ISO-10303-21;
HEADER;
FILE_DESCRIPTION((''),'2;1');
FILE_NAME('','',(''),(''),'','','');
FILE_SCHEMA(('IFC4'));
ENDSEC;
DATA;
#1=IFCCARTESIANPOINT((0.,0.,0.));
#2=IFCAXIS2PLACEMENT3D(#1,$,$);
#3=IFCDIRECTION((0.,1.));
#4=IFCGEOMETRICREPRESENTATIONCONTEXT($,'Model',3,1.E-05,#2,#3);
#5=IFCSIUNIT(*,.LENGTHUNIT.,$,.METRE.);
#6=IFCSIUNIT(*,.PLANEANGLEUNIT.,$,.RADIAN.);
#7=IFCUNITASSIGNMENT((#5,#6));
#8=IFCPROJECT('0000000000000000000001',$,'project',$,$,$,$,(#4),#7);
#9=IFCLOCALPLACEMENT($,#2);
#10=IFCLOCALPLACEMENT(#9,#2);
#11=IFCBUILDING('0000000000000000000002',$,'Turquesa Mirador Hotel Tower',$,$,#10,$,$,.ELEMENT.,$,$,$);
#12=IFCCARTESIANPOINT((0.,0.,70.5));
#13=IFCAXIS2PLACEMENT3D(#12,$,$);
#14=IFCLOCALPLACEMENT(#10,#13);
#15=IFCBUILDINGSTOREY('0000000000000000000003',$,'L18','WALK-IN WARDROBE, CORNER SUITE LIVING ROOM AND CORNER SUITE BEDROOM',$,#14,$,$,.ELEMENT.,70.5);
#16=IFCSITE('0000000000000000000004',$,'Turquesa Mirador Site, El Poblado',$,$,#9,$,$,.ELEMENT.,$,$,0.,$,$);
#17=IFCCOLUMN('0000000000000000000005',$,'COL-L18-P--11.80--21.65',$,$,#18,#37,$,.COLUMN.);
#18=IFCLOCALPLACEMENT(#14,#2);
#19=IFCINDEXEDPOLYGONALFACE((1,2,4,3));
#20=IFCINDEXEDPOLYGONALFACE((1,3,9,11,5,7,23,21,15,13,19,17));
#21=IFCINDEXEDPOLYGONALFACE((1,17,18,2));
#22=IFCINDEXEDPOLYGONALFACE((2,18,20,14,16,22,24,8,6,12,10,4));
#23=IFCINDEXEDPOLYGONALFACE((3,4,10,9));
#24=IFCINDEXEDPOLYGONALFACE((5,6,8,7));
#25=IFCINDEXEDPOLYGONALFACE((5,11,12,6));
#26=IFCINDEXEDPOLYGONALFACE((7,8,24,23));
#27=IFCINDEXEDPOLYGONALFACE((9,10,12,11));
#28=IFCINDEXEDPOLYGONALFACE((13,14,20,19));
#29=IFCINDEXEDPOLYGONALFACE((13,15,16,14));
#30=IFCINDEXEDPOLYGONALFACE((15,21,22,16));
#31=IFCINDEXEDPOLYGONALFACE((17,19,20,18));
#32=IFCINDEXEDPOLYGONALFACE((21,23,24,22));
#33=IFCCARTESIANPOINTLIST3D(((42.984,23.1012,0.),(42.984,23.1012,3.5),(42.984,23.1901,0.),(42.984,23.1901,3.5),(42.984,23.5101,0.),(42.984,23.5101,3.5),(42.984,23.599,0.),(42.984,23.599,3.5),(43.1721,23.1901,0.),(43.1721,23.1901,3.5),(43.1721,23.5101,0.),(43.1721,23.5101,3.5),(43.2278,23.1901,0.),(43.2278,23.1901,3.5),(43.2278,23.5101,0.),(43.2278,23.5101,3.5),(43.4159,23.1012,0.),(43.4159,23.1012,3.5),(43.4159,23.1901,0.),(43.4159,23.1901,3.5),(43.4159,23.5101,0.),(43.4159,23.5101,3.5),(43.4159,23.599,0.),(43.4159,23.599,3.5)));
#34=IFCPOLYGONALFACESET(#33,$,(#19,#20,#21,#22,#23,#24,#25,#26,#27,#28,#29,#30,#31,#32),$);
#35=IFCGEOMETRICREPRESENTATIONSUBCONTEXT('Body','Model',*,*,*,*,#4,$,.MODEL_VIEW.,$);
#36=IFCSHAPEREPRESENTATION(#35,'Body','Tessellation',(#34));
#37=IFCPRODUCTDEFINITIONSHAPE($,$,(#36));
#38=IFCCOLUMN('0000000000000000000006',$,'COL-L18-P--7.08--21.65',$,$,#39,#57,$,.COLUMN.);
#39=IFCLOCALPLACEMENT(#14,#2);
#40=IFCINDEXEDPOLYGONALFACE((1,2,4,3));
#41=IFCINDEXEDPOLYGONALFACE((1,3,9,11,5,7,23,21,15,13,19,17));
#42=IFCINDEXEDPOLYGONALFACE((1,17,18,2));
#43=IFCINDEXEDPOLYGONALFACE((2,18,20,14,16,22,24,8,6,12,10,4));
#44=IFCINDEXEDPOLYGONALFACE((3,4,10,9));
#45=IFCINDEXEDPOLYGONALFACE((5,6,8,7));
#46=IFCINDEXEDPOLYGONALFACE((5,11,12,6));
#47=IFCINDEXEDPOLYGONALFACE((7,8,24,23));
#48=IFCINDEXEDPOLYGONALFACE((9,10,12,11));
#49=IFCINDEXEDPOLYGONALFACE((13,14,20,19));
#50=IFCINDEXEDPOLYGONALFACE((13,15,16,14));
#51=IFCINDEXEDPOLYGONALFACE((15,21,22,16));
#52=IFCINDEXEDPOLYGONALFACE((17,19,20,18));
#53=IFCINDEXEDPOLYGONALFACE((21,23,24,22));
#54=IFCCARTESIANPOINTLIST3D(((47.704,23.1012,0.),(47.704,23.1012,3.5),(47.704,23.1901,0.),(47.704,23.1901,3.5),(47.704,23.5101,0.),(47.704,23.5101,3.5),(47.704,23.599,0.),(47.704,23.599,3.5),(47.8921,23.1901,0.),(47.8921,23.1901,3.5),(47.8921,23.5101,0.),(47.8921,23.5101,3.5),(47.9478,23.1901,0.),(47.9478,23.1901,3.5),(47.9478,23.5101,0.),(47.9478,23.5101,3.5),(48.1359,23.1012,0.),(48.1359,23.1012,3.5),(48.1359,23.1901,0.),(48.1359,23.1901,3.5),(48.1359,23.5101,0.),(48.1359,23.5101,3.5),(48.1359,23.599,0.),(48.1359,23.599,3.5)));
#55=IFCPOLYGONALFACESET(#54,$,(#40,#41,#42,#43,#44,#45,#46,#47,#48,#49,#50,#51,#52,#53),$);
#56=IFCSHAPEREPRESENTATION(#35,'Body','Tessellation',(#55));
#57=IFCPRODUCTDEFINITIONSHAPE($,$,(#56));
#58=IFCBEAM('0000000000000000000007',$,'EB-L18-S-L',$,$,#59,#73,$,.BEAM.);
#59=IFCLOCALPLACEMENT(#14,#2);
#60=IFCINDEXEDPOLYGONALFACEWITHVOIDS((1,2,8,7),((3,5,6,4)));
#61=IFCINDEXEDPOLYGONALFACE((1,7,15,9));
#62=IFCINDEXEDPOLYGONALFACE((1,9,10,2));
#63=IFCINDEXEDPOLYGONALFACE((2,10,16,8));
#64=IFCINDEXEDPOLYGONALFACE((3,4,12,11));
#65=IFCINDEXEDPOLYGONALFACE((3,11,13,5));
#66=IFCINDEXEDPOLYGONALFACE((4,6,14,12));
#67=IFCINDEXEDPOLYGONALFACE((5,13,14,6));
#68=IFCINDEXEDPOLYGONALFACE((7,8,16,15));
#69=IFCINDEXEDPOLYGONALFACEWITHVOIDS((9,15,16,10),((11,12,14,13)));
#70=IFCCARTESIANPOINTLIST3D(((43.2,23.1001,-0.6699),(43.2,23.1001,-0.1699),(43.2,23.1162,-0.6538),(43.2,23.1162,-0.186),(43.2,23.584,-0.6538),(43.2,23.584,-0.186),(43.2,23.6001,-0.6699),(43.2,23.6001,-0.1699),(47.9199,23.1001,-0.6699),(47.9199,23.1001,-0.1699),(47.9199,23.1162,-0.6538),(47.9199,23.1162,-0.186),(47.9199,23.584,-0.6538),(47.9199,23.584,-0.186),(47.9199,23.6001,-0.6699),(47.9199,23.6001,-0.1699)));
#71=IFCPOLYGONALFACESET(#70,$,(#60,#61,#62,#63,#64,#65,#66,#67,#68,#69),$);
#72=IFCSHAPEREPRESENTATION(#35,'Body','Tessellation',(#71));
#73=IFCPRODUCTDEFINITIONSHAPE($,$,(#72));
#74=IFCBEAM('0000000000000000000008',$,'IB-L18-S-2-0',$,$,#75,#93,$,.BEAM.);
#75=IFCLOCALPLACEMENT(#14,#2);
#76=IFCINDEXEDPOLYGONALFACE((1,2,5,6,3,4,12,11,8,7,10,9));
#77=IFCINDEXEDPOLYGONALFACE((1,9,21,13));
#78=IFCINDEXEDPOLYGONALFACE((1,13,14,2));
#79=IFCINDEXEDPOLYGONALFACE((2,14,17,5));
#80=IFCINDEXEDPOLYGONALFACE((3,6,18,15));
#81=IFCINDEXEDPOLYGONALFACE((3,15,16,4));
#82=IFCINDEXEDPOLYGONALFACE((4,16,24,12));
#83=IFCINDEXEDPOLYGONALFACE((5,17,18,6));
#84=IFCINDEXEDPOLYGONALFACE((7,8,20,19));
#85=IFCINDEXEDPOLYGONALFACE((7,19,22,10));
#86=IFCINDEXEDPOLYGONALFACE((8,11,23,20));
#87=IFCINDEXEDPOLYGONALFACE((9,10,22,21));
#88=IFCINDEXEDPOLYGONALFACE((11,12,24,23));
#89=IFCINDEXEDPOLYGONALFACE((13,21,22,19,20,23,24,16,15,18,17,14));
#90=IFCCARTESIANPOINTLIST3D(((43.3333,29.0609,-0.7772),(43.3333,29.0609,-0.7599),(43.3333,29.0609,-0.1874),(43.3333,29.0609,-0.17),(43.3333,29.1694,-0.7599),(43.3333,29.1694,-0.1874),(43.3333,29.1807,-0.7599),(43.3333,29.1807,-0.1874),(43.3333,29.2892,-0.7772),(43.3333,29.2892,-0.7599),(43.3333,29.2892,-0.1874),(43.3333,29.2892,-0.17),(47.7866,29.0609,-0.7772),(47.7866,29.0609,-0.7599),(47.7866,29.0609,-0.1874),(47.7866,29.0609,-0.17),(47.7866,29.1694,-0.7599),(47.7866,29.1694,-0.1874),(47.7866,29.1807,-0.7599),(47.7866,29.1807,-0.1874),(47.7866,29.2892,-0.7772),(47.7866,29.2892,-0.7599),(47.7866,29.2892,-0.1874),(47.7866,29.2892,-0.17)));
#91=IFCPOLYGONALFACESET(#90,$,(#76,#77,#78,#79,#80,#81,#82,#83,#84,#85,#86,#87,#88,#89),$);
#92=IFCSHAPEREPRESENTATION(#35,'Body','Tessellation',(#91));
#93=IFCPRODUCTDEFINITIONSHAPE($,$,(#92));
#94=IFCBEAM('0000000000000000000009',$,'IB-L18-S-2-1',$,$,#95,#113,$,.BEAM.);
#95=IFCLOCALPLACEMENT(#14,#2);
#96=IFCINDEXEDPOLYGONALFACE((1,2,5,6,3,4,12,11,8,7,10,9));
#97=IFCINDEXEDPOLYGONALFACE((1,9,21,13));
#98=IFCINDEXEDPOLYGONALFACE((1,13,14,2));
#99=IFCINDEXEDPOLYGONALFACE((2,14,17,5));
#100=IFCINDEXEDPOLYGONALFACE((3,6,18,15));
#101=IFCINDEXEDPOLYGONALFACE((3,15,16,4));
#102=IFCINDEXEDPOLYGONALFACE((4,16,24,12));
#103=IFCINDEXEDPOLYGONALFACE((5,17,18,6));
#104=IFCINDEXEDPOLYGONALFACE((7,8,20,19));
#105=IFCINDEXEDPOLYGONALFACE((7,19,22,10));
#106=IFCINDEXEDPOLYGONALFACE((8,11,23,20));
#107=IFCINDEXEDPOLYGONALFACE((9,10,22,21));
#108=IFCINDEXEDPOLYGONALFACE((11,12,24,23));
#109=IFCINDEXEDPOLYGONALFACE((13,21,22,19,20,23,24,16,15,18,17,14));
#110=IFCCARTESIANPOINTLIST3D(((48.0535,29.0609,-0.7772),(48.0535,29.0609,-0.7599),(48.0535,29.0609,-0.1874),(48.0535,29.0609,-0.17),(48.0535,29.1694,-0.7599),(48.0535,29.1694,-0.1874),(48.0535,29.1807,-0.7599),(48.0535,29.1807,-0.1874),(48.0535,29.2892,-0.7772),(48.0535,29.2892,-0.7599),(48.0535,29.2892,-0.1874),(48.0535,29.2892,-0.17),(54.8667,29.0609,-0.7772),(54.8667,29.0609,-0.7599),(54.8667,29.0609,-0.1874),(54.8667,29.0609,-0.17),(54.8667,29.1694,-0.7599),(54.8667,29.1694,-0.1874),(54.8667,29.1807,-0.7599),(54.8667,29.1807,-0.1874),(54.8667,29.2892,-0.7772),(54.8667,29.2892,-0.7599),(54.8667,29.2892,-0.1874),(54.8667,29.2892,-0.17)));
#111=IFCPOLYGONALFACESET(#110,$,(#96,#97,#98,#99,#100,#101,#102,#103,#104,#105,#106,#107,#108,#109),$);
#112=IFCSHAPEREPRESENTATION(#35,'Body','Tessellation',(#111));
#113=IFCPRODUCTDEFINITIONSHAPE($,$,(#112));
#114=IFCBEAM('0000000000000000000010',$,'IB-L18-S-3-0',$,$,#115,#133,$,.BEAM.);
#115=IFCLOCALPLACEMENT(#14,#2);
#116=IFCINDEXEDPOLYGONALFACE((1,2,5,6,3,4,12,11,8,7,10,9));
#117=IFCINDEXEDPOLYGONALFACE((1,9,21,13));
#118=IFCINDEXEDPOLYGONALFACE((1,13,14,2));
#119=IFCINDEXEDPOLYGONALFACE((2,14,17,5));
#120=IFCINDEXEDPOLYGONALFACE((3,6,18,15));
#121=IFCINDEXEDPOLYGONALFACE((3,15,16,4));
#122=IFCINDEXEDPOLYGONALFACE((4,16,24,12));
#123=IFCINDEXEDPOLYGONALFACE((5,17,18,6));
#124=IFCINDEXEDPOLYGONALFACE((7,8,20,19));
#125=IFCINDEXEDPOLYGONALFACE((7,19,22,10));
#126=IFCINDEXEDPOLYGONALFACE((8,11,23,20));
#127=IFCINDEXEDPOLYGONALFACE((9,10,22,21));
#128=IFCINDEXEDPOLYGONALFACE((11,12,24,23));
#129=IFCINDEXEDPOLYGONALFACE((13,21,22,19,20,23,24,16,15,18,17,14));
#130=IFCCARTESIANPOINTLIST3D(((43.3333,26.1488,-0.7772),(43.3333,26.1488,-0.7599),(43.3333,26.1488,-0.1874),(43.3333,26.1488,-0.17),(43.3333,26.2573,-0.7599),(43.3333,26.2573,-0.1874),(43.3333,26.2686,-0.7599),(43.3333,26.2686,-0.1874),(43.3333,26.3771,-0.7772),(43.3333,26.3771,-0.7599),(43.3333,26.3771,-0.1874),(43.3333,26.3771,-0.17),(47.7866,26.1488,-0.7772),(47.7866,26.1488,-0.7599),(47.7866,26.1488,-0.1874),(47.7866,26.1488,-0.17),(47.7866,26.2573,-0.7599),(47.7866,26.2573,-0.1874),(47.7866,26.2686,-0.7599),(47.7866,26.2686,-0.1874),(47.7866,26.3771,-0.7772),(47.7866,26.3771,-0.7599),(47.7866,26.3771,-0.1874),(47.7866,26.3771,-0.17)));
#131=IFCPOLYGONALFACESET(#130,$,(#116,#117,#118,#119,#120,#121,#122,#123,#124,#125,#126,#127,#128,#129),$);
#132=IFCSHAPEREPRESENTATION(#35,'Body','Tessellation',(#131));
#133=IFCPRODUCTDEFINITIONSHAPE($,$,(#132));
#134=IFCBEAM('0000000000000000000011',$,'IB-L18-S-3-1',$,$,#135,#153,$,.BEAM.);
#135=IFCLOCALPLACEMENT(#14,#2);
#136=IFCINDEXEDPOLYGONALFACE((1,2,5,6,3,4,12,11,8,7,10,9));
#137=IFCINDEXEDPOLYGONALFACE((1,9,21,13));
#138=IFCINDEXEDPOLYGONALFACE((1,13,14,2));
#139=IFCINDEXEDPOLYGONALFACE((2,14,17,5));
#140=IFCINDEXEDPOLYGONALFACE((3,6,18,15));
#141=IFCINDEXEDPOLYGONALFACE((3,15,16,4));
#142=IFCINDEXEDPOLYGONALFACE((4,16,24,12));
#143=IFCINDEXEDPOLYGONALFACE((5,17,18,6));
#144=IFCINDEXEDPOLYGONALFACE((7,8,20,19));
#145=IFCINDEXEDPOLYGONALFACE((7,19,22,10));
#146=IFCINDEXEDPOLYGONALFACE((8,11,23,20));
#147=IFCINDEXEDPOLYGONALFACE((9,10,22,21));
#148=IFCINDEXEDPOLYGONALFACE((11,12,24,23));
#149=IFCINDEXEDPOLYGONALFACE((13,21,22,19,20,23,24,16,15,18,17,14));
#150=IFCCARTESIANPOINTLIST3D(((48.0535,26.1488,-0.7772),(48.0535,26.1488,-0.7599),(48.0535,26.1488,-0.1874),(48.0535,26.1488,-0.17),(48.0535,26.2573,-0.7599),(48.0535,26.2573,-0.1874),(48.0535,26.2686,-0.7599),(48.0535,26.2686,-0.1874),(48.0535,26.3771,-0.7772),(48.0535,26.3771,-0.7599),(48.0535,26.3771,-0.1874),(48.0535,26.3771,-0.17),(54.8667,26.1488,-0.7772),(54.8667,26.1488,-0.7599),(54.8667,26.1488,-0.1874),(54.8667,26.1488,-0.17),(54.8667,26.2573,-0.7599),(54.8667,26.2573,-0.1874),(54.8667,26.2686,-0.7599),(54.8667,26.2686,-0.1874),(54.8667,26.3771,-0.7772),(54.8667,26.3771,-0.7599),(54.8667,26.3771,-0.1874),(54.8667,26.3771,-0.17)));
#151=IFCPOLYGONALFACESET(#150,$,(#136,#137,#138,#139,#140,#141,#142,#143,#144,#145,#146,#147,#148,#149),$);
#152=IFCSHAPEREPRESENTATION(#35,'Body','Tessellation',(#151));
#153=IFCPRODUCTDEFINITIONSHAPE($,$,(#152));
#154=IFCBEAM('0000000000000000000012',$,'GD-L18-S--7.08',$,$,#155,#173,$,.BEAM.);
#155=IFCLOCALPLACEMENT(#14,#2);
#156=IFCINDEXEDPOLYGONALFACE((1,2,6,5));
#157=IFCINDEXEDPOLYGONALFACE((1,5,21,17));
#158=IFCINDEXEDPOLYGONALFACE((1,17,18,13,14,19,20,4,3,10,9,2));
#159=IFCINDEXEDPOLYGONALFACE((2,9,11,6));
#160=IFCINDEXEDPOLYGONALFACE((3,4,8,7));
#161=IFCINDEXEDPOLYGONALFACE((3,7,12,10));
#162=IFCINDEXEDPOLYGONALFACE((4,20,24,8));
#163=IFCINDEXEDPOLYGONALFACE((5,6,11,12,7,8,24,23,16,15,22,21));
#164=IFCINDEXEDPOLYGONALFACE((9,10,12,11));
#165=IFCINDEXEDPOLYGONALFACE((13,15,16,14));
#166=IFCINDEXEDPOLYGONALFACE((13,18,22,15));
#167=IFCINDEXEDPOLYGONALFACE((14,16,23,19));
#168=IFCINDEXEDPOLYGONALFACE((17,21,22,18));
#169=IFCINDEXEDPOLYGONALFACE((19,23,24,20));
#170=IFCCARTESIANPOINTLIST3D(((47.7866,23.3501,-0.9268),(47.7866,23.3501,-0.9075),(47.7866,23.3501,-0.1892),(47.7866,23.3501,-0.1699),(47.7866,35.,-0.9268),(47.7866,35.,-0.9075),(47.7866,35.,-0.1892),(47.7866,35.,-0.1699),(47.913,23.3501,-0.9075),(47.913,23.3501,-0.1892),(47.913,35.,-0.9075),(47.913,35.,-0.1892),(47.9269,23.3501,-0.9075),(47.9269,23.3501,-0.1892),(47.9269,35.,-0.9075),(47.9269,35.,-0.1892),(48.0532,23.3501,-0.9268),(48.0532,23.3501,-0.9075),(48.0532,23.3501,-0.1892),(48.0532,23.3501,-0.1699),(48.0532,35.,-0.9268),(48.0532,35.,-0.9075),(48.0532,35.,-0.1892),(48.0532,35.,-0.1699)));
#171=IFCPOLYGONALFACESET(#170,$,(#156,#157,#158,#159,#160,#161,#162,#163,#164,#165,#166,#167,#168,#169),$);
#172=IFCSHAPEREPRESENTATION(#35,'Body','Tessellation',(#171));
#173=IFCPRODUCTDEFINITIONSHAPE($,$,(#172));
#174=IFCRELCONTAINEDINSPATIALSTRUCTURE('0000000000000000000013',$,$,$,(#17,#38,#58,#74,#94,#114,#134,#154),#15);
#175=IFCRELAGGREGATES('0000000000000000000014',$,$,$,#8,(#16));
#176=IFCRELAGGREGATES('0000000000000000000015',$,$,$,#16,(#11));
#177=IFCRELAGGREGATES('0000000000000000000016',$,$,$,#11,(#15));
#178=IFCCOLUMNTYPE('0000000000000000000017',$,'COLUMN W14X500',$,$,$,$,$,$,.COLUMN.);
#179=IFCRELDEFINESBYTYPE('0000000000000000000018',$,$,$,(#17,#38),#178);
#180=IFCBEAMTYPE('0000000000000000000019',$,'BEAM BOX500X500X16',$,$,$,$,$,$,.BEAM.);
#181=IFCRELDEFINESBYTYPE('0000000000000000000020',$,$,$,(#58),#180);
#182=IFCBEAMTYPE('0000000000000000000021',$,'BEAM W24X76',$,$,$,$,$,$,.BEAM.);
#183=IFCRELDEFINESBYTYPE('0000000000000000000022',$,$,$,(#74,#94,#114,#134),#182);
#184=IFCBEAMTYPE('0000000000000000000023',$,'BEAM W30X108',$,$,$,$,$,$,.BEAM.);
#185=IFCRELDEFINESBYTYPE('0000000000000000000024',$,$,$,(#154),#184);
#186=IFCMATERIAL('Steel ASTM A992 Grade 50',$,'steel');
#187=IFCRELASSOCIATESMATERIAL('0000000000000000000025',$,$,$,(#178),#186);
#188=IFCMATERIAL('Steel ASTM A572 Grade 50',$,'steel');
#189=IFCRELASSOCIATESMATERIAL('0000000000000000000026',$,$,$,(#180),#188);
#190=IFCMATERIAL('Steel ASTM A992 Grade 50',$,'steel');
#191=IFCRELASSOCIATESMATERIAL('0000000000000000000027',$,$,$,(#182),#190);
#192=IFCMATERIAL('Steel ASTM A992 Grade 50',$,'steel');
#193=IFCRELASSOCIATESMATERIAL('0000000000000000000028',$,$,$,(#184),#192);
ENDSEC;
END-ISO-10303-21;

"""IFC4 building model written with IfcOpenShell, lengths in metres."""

from ifc_helpers import new_model, si_unit, direction, frame, origin, origin_2d, place, context, subcontext, project, spatial, hollow_rectangle, i_section, extrude, material, material_profile, profile_set, type_object, element, save


model = new_model("IFC4")

# Units and contexts
model_context = context("Model", 3, precision=1e-05, world=origin(), true_north=direction((0.0, 1.0)))
body_context = subcontext(model_context, "Body", "Model", "MODEL_VIEW")
ifc_project = project(units=[si_unit("LENGTHUNIT", "METRE"), si_unit("PLANEANGLEUNIT", "RADIAN")], contexts=[model_context])

# Site, building, storey
site_placement = place(None, origin())
site = spatial("IfcSite", under=ifc_project, at=site_placement, Name="Turquesa Mirador Site, El Poblado", CompositionType="ELEMENT", RefElevation=0.0)
building_placement = place(site_placement, origin())
building = spatial("IfcBuilding", under=site, at=building_placement, Name="Turquesa Mirador Hotel Tower", CompositionType="ELEMENT")
storey_placement = place(building_placement, frame((0.0, 0.0, 70.5)))
storey = spatial("IfcBuildingStorey", under=building, at=storey_placement, Name="L18", Description="WALK-IN WARDROBE, CORNER SUITE LIVING ROOM AND CORNER SUITE BEDROOM", CompositionType="ELEMENT", Elevation=70.5)

# Columns
ifc_material_1 = material(Name="Steel ASTM A992 Grade 50", Category="steel")
ifc_material_profile_1 = material_profile(ifc_material_1, i_section(OverallWidth=0.4319, OverallDepth=0.4978, WebThickness=0.0557, FlangeThickness=0.0889, at=origin_2d()), Name="W14X500")
ifc_profile_set_1 = profile_set([ifc_material_profile_1], Name="Steel ASTM A992 Grade 50")
column_type = type_object("IfcColumnType", Name="COLUMN W14X500", PredefinedType="COLUMN", material=ifc_profile_set_1)
for number, where, z_axis, x_axis, name in (
    (1, (43.2, 23.3501, 0.0), (0.0, 0.0, 1.0), (1.0, 0.0, 0.0), "COL-L18-P--11.80--21.65"),
    (2, (47.9199, 23.3501, 0.0), (0.0, 0.0, 1.0), (1.0, 0.0, 0.0), "COL-L18-P--7.08--21.65"),
):
    element("IfcColumn", number, at=place(storey_placement, frame(where, z_axis=z_axis, x_axis=x_axis)), inside=storey, type_object=column_type, Name=name, PredefinedType="COLUMN", context=body_context, shape_type="SweptSolid", body=[
        extrude(i_section(OverallWidth=0.4319, OverallDepth=0.4978, WebThickness=0.0557, FlangeThickness=0.0889, at=origin_2d()), origin(), (0.0, 0.0, 1.0), 3.5),
    ])

# Beams
ifc_material_2 = material(Name="Steel ASTM A572 Grade 50", Category="steel")
ifc_material_profile_2 = material_profile(ifc_material_2, hollow_rectangle(XDim=0.5, YDim=0.5, WallThickness=0.0161, at=origin_2d()), Name="BOX500X500X16")
ifc_profile_set_2 = profile_set([ifc_material_profile_2], Name="Steel ASTM A572 Grade 50")
beam_type_1 = type_object("IfcBeamType", Name="BEAM BOX500X500X16", PredefinedType="BEAM", material=ifc_profile_set_2)
beam_1_placement = place(storey_placement, frame((43.2, 23.3501, -0.4199), z_axis=(1.0, 0.0, 0.0), x_axis=(0.0, 1.0, 0.0)))
element("IfcBeam", 3, at=beam_1_placement, inside=storey, type_object=beam_type_1, Name="EB-L18-S-L", PredefinedType="BEAM", context=body_context, shape_type="SweptSolid", body=[
    extrude(hollow_rectangle(XDim=0.5, YDim=0.5, WallThickness=0.0161, at=origin_2d()), origin(), (0.0, 0.0, 1.0), 4.72),
])
ifc_material_3 = material(Name="Steel ASTM A992 Grade 50", Category="steel")
ifc_material_profile_3 = material_profile(ifc_material_3, i_section(OverallWidth=0.2283, OverallDepth=0.6072, WebThickness=0.0112, FlangeThickness=0.0173, at=origin_2d()), Name="W24X76")
ifc_profile_set_3 = profile_set([ifc_material_profile_3], Name="Steel ASTM A992 Grade 50")
beam_type_2 = type_object("IfcBeamType", Name="BEAM W24X76", PredefinedType="BEAM", material=ifc_profile_set_3)
beam_2_placement = place(storey_placement, frame((43.3333, 29.175, -0.4736), z_axis=(1.0, 0.0, 0.0), x_axis=(0.0, 1.0, 0.0)))
element("IfcBeam", 4, at=beam_2_placement, inside=storey, type_object=beam_type_2, Name="IB-L18-S-2-0", PredefinedType="BEAM", context=body_context, shape_type="SweptSolid", body=[
    extrude(i_section(OverallWidth=0.2283, OverallDepth=0.6072, WebThickness=0.0112, FlangeThickness=0.0173, at=origin_2d()), origin(), (0.0, 0.0, 1.0), 4.4534),
])
beam_3_placement = place(storey_placement, frame((48.0535, 29.175, -0.4736), z_axis=(1.0, 0.0, 0.0), x_axis=(0.0, 1.0, 0.0)))
element("IfcBeam", 5, at=beam_3_placement, inside=storey, type_object=beam_type_2, Name="IB-L18-S-2-1", PredefinedType="BEAM", context=body_context, shape_type="SweptSolid", body=[
    extrude(i_section(OverallWidth=0.2283, OverallDepth=0.6072, WebThickness=0.0112, FlangeThickness=0.0173, at=origin_2d()), origin(), (0.0, 0.0, 1.0), 6.8132),
])
beam_4_placement = place(storey_placement, frame((43.3333, 26.2629, -0.4736), z_axis=(1.0, 0.0, 0.0), x_axis=(0.0, 1.0, 0.0)))
element("IfcBeam", 6, at=beam_4_placement, inside=storey, type_object=beam_type_2, Name="IB-L18-S-3-0", PredefinedType="BEAM", context=body_context, shape_type="SweptSolid", body=[
    extrude(i_section(OverallWidth=0.2283, OverallDepth=0.6072, WebThickness=0.0112, FlangeThickness=0.0173, at=origin_2d()), origin(), (0.0, 0.0, 1.0), 4.4534),
])
beam_5_placement = place(storey_placement, frame((48.0535, 26.2629, -0.4736), z_axis=(1.0, 0.0, 0.0), x_axis=(0.0, 1.0, 0.0)))
element("IfcBeam", 7, at=beam_5_placement, inside=storey, type_object=beam_type_2, Name="IB-L18-S-3-1", PredefinedType="BEAM", context=body_context, shape_type="SweptSolid", body=[
    extrude(i_section(OverallWidth=0.2283, OverallDepth=0.6072, WebThickness=0.0112, FlangeThickness=0.0173, at=origin_2d()), origin(), (0.0, 0.0, 1.0), 6.8132),
])
ifc_material_4 = material(Name="Steel ASTM A992 Grade 50", Category="steel")
ifc_material_profile_4 = material_profile(ifc_material_4, i_section(OverallWidth=0.2666, OverallDepth=0.7568, WebThickness=0.0139, FlangeThickness=0.0193, at=origin_2d()), Name="W30X108")
ifc_profile_set_4 = profile_set([ifc_material_profile_4], Name="Steel ASTM A992 Grade 50")
beam_type_3 = type_object("IfcBeamType", Name="BEAM W30X108", PredefinedType="BEAM", material=ifc_profile_set_4)
beam_6_placement = place(storey_placement, frame((47.9199, 23.3501, -0.5483), z_axis=(0.0, 1.0, 0.0), x_axis=(-1.0, 0.0, 0.0)))
element("IfcBeam", 8, at=beam_6_placement, inside=storey, type_object=beam_type_3, Name="GD-L18-S--7.08", PredefinedType="BEAM", context=body_context, shape_type="SweptSolid", body=[
    extrude(i_section(OverallWidth=0.2666, OverallDepth=0.7568, WebThickness=0.0139, FlangeThickness=0.0193, at=origin_2d()), origin(), (0.0, 0.0, 1.0), 11.6499),
])

save(model, "model.ifc")
